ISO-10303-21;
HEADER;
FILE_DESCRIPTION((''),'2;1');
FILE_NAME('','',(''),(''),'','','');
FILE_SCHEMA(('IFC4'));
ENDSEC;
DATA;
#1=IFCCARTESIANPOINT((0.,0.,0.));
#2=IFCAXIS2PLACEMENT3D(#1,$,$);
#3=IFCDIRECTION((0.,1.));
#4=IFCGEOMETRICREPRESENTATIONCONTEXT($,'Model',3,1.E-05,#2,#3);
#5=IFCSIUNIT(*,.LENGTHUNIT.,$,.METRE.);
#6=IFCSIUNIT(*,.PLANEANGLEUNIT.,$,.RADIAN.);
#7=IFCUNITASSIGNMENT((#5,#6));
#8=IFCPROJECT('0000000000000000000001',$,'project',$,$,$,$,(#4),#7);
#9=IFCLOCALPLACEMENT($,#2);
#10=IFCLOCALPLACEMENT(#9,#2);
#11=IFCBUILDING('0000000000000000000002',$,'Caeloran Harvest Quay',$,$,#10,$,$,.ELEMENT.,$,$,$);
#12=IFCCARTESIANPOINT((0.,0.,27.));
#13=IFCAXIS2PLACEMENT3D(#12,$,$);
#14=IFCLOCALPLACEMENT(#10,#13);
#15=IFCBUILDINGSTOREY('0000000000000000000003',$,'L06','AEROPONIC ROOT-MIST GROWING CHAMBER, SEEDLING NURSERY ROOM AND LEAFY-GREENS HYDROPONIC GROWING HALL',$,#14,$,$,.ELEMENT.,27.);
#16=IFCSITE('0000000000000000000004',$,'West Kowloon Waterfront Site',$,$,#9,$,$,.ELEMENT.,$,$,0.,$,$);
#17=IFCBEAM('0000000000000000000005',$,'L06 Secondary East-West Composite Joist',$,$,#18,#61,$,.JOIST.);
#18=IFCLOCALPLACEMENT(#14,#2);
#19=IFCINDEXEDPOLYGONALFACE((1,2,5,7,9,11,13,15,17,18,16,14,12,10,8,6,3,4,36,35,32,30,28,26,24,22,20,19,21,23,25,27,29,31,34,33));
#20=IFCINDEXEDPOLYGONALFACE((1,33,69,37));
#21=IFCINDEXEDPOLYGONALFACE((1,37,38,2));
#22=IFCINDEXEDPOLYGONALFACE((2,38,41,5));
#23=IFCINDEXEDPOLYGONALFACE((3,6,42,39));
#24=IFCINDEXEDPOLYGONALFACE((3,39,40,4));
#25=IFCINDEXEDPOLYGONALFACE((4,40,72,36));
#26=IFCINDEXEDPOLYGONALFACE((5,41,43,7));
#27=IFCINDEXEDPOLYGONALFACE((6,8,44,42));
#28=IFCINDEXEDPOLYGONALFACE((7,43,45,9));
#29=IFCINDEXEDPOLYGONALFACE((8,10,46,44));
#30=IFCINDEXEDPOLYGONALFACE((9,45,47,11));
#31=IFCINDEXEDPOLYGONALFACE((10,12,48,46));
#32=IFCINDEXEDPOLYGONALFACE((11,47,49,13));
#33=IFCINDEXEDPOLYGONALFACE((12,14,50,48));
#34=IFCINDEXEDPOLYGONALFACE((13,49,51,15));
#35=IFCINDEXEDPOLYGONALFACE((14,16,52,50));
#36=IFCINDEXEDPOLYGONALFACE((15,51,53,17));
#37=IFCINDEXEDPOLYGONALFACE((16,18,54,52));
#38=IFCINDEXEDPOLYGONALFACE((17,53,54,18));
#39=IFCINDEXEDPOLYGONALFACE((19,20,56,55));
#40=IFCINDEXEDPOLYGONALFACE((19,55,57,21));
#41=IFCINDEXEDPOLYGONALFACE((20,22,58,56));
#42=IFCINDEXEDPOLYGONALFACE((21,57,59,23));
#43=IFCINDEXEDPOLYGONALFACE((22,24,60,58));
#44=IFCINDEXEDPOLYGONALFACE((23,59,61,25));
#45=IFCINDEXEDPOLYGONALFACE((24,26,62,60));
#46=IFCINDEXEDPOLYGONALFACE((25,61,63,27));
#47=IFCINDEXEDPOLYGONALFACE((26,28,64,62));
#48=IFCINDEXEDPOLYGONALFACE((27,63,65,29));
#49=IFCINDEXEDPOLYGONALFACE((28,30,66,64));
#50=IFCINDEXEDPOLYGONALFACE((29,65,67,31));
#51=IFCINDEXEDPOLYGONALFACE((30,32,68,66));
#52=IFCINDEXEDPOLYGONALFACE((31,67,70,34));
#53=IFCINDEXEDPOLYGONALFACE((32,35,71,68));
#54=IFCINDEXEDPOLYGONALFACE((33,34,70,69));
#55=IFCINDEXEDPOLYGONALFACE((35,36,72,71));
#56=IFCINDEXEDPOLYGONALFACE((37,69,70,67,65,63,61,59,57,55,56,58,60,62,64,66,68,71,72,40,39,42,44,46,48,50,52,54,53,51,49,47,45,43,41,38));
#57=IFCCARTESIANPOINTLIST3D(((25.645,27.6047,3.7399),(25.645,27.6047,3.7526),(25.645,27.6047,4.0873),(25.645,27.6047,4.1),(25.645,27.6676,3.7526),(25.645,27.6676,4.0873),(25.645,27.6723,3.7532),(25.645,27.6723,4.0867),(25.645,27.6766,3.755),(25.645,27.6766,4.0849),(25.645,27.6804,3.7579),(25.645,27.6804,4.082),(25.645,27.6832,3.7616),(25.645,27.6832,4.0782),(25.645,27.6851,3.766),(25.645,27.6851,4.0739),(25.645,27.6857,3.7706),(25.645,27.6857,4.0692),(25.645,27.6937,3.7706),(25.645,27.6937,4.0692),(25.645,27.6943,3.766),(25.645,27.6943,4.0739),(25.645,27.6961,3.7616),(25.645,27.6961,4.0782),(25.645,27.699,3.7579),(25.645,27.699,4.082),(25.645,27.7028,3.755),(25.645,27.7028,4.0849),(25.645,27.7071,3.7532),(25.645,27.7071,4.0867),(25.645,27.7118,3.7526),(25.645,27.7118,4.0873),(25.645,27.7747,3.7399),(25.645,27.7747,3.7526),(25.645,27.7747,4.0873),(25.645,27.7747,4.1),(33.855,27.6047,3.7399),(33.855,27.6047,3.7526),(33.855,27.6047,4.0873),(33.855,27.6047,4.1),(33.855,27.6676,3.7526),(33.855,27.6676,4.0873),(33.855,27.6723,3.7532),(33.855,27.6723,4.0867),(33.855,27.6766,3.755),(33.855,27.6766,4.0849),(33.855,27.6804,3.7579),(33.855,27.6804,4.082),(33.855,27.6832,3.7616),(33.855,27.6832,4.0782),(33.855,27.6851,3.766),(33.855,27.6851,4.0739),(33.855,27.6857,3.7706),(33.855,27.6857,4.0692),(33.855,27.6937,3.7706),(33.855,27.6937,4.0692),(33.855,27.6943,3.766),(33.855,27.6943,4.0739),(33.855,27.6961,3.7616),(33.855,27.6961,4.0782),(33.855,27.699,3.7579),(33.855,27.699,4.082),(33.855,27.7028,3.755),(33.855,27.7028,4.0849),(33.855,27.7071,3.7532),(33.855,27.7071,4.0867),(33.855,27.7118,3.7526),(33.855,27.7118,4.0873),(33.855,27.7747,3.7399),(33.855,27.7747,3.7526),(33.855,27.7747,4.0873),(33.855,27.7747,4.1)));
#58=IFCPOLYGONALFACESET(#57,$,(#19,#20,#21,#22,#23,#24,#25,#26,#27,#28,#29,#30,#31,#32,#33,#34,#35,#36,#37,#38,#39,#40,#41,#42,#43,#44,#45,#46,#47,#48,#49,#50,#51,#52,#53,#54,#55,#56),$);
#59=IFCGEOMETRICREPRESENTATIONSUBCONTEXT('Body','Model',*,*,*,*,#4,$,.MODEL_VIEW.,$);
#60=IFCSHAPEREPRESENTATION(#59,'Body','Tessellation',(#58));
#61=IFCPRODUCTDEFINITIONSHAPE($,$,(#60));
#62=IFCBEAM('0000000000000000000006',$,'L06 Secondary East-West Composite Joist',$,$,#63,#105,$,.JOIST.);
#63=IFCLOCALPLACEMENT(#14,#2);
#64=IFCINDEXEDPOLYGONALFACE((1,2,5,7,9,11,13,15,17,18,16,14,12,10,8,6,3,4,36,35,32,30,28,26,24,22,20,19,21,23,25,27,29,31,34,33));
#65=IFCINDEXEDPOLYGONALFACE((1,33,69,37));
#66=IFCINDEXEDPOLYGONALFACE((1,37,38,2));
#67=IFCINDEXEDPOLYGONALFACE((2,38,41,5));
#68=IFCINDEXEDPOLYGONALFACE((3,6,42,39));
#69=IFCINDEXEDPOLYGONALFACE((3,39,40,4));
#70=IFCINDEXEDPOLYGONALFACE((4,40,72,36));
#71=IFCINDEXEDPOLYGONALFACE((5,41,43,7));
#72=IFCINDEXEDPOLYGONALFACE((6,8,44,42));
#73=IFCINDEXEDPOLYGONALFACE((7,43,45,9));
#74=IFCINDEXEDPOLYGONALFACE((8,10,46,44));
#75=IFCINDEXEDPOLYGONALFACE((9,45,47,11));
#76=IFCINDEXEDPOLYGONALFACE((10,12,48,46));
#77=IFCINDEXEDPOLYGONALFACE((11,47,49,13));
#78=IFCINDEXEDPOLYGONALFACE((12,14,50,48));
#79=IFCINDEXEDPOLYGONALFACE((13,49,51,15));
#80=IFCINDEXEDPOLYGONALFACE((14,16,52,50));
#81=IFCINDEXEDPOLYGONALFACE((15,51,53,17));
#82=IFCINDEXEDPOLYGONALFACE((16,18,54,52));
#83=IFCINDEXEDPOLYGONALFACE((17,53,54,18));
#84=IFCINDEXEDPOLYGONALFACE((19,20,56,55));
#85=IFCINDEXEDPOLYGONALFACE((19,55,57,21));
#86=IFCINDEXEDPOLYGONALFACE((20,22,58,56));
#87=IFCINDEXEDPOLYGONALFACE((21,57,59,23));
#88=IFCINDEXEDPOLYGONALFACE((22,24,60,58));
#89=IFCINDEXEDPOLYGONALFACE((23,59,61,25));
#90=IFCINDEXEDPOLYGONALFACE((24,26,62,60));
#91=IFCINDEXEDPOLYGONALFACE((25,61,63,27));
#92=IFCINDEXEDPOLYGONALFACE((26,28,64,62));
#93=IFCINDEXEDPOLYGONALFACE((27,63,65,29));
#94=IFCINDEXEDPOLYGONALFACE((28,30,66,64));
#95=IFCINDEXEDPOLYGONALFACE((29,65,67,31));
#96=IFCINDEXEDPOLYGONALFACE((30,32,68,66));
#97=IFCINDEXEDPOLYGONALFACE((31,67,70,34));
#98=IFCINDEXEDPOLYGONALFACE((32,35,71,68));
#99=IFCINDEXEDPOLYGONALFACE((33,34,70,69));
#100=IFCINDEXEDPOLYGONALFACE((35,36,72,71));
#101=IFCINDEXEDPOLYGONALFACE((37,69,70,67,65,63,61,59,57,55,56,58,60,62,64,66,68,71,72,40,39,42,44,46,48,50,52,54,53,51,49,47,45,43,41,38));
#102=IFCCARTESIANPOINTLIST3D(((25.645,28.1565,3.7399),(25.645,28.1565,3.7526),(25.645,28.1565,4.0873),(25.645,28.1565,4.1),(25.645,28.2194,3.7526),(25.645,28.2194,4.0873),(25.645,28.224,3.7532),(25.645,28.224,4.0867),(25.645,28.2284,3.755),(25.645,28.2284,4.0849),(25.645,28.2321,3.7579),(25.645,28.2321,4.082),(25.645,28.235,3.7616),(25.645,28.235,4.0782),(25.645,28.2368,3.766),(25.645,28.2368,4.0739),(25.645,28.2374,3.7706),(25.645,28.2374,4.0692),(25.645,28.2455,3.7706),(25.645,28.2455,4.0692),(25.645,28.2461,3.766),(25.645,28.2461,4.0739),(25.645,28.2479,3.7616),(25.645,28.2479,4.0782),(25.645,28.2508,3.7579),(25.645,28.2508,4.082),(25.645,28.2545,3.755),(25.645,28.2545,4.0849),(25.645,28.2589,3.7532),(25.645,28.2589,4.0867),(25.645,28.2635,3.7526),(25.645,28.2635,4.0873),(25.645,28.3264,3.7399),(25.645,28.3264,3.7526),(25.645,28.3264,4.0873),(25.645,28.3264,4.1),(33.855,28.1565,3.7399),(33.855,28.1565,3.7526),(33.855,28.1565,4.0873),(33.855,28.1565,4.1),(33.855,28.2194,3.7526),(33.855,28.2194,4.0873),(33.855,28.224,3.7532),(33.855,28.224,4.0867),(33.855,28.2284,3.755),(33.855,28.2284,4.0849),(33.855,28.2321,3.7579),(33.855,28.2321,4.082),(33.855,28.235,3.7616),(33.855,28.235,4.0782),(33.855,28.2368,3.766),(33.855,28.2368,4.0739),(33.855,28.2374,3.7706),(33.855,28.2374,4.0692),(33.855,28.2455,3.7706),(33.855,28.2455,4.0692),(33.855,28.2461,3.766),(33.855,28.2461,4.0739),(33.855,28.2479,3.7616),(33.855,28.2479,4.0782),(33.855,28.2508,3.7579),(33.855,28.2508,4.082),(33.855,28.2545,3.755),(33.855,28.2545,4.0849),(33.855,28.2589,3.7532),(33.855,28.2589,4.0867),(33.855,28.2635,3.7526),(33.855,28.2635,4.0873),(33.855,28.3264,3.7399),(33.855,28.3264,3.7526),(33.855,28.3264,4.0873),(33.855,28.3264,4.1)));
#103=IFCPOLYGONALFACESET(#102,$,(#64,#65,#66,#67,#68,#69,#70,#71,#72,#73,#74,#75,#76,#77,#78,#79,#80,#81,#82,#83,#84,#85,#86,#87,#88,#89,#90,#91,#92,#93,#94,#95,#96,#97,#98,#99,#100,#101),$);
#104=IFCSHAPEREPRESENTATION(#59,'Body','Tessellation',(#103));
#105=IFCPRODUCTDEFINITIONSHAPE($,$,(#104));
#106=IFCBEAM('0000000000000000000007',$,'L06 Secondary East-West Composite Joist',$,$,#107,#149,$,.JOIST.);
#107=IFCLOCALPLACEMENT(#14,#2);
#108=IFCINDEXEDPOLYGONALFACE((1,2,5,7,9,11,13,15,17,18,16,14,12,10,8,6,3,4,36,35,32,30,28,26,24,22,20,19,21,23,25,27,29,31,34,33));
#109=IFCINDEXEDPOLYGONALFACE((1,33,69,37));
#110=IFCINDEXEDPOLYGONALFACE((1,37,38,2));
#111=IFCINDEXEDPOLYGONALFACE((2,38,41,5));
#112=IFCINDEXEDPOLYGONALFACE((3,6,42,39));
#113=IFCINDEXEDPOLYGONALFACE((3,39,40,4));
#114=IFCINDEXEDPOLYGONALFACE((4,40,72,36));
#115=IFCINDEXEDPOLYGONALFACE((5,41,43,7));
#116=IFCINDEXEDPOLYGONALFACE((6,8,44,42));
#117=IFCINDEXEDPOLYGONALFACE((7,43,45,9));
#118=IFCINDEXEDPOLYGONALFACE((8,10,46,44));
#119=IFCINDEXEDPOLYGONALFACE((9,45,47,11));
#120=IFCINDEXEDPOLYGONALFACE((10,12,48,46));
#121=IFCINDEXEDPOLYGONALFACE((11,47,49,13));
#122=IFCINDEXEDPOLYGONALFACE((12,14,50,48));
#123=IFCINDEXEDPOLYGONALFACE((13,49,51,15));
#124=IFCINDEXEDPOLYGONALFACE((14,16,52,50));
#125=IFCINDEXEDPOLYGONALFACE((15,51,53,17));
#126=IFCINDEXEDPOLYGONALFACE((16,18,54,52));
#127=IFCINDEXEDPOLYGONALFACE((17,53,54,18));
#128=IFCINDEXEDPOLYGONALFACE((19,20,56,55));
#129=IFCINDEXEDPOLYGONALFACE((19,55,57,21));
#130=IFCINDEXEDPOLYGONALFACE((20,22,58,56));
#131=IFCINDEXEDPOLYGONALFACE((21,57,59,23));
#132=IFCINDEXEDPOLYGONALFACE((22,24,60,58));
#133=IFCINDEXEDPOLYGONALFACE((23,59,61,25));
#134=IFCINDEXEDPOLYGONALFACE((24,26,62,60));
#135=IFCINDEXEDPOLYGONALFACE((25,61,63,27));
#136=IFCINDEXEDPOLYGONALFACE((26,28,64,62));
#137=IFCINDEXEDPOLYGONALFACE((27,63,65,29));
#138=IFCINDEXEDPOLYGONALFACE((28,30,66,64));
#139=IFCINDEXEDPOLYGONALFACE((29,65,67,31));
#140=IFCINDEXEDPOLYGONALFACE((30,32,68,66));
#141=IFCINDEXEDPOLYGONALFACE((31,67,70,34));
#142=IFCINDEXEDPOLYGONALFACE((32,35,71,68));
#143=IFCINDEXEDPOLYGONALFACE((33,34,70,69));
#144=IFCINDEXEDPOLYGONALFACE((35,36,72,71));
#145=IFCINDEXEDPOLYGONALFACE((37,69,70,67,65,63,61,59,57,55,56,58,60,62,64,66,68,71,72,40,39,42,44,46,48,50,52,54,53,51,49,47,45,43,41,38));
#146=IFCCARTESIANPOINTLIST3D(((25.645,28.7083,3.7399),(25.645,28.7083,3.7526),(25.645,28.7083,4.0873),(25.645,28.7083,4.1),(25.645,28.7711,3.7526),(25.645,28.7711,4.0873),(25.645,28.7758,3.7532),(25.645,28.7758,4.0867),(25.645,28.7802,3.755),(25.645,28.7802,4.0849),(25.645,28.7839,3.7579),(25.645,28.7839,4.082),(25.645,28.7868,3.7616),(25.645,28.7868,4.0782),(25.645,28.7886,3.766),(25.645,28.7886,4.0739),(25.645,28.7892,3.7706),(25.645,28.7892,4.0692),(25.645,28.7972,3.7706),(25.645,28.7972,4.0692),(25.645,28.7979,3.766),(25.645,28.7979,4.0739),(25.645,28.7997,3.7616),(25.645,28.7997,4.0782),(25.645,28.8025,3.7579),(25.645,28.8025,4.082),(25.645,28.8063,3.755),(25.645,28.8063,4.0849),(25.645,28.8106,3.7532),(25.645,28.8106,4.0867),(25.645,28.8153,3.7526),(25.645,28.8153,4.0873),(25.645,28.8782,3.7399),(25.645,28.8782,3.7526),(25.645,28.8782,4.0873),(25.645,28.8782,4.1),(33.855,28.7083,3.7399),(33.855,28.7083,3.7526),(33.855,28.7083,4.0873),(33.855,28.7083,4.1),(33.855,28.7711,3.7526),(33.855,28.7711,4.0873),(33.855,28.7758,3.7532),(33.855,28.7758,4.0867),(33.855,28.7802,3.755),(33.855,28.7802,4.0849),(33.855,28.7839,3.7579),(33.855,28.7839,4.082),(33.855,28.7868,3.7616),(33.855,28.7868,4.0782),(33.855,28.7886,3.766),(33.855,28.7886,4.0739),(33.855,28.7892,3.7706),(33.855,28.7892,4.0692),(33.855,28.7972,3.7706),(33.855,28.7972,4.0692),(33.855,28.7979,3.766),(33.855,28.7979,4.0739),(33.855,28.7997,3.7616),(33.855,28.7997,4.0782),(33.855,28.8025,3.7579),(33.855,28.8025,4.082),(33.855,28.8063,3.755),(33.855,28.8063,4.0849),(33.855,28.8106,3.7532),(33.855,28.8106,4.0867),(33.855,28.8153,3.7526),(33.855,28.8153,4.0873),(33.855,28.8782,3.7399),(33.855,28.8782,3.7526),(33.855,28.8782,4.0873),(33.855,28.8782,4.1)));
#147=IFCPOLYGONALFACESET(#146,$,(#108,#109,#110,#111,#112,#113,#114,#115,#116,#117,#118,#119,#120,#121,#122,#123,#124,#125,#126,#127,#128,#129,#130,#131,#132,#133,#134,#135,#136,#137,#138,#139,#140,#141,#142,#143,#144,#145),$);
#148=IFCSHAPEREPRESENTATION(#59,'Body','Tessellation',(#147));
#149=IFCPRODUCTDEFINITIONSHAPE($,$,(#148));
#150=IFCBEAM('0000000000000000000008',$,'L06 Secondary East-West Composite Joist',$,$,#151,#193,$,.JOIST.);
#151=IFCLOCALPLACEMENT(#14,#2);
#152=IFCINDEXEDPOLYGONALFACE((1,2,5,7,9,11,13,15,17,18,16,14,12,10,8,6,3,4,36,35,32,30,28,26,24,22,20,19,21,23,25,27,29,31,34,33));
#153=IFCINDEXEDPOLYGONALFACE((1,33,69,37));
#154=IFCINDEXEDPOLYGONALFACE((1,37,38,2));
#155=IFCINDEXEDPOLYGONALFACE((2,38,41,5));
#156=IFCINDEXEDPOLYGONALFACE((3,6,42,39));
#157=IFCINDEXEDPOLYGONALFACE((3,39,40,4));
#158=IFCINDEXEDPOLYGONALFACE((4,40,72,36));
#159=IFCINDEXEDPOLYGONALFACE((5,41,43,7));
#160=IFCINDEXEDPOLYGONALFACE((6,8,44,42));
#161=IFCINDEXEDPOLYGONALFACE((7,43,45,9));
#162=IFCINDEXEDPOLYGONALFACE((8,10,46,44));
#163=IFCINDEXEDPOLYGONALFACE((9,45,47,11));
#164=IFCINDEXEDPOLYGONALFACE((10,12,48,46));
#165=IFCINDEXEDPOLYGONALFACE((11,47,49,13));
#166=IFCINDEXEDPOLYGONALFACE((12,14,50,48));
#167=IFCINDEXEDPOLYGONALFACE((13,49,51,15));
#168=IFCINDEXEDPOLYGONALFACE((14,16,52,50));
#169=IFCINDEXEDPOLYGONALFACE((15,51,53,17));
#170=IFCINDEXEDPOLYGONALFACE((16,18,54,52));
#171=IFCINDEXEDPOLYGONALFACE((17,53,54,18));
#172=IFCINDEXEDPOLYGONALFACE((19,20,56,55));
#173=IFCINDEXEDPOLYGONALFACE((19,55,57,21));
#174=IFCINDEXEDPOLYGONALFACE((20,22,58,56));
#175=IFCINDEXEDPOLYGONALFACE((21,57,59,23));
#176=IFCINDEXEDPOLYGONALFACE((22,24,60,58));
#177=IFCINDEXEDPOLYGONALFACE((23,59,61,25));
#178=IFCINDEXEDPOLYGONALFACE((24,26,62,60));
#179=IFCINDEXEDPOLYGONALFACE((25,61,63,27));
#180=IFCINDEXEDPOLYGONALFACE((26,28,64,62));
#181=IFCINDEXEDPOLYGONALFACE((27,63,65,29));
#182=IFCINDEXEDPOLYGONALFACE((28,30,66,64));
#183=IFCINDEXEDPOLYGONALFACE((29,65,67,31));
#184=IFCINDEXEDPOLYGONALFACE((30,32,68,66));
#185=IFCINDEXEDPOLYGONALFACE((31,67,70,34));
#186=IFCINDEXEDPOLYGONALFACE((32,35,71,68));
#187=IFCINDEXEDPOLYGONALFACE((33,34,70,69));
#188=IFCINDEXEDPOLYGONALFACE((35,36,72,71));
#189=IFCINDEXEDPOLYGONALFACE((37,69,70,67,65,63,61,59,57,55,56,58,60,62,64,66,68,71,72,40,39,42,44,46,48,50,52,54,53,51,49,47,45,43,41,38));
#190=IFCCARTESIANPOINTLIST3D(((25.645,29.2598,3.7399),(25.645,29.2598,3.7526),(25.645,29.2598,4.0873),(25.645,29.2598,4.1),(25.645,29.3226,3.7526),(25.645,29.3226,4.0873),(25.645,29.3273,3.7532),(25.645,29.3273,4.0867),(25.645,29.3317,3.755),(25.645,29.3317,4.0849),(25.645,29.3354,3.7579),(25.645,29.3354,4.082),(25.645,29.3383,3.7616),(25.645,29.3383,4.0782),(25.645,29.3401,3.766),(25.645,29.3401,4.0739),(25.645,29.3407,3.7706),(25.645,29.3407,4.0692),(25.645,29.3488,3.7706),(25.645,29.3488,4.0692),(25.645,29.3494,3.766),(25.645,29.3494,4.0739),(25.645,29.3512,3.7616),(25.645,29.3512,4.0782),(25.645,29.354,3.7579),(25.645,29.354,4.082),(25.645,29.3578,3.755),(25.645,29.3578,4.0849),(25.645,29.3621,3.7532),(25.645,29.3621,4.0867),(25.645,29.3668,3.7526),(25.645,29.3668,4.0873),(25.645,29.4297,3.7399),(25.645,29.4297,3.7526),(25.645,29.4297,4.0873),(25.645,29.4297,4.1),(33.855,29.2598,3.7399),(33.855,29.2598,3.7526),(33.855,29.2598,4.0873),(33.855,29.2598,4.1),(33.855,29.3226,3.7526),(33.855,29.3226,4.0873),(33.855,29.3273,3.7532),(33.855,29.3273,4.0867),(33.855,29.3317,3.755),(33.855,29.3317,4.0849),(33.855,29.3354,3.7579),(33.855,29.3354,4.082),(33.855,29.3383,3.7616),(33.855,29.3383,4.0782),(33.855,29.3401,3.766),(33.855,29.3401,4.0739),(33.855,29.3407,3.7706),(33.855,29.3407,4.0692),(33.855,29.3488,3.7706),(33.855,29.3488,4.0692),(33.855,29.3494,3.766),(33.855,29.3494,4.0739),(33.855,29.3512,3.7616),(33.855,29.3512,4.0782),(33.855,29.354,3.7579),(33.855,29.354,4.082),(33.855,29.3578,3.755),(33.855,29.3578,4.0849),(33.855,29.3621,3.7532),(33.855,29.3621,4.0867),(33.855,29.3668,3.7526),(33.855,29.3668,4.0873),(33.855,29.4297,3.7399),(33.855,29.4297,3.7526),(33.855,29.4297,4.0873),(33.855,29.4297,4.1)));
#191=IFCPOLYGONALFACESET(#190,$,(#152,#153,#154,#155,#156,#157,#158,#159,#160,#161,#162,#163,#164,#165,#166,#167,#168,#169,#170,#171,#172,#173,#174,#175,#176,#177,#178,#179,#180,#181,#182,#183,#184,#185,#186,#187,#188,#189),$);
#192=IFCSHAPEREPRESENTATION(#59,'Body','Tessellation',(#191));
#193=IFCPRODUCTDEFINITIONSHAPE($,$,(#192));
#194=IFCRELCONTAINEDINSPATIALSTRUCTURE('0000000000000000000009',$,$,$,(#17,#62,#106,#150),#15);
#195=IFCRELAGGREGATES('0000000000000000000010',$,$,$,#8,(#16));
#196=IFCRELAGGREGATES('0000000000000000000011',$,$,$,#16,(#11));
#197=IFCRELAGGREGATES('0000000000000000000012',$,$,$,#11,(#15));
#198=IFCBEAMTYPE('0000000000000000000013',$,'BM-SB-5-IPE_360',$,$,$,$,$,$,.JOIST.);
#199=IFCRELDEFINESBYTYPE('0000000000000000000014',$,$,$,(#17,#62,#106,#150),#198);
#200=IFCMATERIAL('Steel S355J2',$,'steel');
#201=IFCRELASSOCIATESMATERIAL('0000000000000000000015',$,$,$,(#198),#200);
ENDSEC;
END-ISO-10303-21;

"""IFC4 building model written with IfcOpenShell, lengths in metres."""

from ifc_helpers import new_model, si_unit, direction, frame, origin, origin_2d, place, context, subcontext, project, spatial, i_section, extrude, material, material_profile, profile_set, type_object, element, save


model = new_model("IFC4")

# Units and contexts
model_context = context("Model", 3, precision=1e-05, world=origin(), true_north=direction((0.0, 1.0)))
body_context = subcontext(model_context, "Body", "Model", "MODEL_VIEW")
ifc_project = project(units=[si_unit("LENGTHUNIT", "METRE"), si_unit("PLANEANGLEUNIT", "RADIAN")], contexts=[model_context])

# Site, building, storey
site_placement = place(None, origin())
site = spatial("IfcSite", under=ifc_project, at=site_placement, Name="West Kowloon Waterfront Site", CompositionType="ELEMENT", RefElevation=0.0)
building_placement = place(site_placement, origin())
building = spatial("IfcBuilding", under=site, at=building_placement, Name="Caeloran Harvest Quay", CompositionType="ELEMENT")
storey_placement = place(building_placement, frame((0.0, 0.0, 27.0)))
storey = spatial("IfcBuildingStorey", under=building, at=storey_placement, Name="L06", Description="AEROPONIC ROOT-MIST GROWING CHAMBER, SEEDLING NURSERY ROOM AND LEAFY-GREENS HYDROPONIC GROWING HALL", CompositionType="ELEMENT", Elevation=27.0)

# Beams
ifc_material_1 = material(Name="Steel S355J2", Category="steel")
ifc_material_profile_1 = material_profile(ifc_material_1, i_section(OverallWidth=0.1699, OverallDepth=0.3601, WebThickness=0.0081, FlangeThickness=0.0127, FilletRadius=0.0181, at=origin_2d()), Name="IPE 360")
ifc_profile_set_1 = profile_set([ifc_material_profile_1], Name="Steel S355J2")
beam_type_1 = type_object("IfcBeamType", Name="BM-SB-5-IPE_360", PredefinedType="JOIST", material=ifc_profile_set_1)
for number, where, z_axis, x_axis, name in (
    (1, (25.645, 27.6897, 3.9199), (1.0, 0.0, 0.0), (0.0, 1.0, 0.0), "L06 Secondary East-West Composite Joist"),
    (2, (25.645, 28.2415, 3.9199), (1.0, 0.0, 0.0), (0.0, 1.0, 0.0), "L06 Secondary East-West Composite Joist"),
    (3, (25.645, 28.7932, 3.9199), (1.0, 0.0, 0.0), (0.0, 1.0, 0.0), "L06 Secondary East-West Composite Joist"),
    (4, (25.645, 29.3447, 3.9199), (1.0, 0.0, 0.0), (0.0, 1.0, 0.0), "L06 Secondary East-West Composite Joist"),
):
    element("IfcBeam", number, at=place(storey_placement, frame(where, z_axis=z_axis, x_axis=x_axis)), inside=storey, type_object=beam_type_1, Name=name, PredefinedType="JOIST", context=body_context, shape_type="SweptSolid", body=[
        extrude(i_section(OverallWidth=0.1699, OverallDepth=0.3601, WebThickness=0.0081, FlangeThickness=0.0127, FilletRadius=0.0181, at=origin_2d()), origin(), (0.0, 0.0, 1.0), 8.21),
    ])

save(model, "model.ifc")
